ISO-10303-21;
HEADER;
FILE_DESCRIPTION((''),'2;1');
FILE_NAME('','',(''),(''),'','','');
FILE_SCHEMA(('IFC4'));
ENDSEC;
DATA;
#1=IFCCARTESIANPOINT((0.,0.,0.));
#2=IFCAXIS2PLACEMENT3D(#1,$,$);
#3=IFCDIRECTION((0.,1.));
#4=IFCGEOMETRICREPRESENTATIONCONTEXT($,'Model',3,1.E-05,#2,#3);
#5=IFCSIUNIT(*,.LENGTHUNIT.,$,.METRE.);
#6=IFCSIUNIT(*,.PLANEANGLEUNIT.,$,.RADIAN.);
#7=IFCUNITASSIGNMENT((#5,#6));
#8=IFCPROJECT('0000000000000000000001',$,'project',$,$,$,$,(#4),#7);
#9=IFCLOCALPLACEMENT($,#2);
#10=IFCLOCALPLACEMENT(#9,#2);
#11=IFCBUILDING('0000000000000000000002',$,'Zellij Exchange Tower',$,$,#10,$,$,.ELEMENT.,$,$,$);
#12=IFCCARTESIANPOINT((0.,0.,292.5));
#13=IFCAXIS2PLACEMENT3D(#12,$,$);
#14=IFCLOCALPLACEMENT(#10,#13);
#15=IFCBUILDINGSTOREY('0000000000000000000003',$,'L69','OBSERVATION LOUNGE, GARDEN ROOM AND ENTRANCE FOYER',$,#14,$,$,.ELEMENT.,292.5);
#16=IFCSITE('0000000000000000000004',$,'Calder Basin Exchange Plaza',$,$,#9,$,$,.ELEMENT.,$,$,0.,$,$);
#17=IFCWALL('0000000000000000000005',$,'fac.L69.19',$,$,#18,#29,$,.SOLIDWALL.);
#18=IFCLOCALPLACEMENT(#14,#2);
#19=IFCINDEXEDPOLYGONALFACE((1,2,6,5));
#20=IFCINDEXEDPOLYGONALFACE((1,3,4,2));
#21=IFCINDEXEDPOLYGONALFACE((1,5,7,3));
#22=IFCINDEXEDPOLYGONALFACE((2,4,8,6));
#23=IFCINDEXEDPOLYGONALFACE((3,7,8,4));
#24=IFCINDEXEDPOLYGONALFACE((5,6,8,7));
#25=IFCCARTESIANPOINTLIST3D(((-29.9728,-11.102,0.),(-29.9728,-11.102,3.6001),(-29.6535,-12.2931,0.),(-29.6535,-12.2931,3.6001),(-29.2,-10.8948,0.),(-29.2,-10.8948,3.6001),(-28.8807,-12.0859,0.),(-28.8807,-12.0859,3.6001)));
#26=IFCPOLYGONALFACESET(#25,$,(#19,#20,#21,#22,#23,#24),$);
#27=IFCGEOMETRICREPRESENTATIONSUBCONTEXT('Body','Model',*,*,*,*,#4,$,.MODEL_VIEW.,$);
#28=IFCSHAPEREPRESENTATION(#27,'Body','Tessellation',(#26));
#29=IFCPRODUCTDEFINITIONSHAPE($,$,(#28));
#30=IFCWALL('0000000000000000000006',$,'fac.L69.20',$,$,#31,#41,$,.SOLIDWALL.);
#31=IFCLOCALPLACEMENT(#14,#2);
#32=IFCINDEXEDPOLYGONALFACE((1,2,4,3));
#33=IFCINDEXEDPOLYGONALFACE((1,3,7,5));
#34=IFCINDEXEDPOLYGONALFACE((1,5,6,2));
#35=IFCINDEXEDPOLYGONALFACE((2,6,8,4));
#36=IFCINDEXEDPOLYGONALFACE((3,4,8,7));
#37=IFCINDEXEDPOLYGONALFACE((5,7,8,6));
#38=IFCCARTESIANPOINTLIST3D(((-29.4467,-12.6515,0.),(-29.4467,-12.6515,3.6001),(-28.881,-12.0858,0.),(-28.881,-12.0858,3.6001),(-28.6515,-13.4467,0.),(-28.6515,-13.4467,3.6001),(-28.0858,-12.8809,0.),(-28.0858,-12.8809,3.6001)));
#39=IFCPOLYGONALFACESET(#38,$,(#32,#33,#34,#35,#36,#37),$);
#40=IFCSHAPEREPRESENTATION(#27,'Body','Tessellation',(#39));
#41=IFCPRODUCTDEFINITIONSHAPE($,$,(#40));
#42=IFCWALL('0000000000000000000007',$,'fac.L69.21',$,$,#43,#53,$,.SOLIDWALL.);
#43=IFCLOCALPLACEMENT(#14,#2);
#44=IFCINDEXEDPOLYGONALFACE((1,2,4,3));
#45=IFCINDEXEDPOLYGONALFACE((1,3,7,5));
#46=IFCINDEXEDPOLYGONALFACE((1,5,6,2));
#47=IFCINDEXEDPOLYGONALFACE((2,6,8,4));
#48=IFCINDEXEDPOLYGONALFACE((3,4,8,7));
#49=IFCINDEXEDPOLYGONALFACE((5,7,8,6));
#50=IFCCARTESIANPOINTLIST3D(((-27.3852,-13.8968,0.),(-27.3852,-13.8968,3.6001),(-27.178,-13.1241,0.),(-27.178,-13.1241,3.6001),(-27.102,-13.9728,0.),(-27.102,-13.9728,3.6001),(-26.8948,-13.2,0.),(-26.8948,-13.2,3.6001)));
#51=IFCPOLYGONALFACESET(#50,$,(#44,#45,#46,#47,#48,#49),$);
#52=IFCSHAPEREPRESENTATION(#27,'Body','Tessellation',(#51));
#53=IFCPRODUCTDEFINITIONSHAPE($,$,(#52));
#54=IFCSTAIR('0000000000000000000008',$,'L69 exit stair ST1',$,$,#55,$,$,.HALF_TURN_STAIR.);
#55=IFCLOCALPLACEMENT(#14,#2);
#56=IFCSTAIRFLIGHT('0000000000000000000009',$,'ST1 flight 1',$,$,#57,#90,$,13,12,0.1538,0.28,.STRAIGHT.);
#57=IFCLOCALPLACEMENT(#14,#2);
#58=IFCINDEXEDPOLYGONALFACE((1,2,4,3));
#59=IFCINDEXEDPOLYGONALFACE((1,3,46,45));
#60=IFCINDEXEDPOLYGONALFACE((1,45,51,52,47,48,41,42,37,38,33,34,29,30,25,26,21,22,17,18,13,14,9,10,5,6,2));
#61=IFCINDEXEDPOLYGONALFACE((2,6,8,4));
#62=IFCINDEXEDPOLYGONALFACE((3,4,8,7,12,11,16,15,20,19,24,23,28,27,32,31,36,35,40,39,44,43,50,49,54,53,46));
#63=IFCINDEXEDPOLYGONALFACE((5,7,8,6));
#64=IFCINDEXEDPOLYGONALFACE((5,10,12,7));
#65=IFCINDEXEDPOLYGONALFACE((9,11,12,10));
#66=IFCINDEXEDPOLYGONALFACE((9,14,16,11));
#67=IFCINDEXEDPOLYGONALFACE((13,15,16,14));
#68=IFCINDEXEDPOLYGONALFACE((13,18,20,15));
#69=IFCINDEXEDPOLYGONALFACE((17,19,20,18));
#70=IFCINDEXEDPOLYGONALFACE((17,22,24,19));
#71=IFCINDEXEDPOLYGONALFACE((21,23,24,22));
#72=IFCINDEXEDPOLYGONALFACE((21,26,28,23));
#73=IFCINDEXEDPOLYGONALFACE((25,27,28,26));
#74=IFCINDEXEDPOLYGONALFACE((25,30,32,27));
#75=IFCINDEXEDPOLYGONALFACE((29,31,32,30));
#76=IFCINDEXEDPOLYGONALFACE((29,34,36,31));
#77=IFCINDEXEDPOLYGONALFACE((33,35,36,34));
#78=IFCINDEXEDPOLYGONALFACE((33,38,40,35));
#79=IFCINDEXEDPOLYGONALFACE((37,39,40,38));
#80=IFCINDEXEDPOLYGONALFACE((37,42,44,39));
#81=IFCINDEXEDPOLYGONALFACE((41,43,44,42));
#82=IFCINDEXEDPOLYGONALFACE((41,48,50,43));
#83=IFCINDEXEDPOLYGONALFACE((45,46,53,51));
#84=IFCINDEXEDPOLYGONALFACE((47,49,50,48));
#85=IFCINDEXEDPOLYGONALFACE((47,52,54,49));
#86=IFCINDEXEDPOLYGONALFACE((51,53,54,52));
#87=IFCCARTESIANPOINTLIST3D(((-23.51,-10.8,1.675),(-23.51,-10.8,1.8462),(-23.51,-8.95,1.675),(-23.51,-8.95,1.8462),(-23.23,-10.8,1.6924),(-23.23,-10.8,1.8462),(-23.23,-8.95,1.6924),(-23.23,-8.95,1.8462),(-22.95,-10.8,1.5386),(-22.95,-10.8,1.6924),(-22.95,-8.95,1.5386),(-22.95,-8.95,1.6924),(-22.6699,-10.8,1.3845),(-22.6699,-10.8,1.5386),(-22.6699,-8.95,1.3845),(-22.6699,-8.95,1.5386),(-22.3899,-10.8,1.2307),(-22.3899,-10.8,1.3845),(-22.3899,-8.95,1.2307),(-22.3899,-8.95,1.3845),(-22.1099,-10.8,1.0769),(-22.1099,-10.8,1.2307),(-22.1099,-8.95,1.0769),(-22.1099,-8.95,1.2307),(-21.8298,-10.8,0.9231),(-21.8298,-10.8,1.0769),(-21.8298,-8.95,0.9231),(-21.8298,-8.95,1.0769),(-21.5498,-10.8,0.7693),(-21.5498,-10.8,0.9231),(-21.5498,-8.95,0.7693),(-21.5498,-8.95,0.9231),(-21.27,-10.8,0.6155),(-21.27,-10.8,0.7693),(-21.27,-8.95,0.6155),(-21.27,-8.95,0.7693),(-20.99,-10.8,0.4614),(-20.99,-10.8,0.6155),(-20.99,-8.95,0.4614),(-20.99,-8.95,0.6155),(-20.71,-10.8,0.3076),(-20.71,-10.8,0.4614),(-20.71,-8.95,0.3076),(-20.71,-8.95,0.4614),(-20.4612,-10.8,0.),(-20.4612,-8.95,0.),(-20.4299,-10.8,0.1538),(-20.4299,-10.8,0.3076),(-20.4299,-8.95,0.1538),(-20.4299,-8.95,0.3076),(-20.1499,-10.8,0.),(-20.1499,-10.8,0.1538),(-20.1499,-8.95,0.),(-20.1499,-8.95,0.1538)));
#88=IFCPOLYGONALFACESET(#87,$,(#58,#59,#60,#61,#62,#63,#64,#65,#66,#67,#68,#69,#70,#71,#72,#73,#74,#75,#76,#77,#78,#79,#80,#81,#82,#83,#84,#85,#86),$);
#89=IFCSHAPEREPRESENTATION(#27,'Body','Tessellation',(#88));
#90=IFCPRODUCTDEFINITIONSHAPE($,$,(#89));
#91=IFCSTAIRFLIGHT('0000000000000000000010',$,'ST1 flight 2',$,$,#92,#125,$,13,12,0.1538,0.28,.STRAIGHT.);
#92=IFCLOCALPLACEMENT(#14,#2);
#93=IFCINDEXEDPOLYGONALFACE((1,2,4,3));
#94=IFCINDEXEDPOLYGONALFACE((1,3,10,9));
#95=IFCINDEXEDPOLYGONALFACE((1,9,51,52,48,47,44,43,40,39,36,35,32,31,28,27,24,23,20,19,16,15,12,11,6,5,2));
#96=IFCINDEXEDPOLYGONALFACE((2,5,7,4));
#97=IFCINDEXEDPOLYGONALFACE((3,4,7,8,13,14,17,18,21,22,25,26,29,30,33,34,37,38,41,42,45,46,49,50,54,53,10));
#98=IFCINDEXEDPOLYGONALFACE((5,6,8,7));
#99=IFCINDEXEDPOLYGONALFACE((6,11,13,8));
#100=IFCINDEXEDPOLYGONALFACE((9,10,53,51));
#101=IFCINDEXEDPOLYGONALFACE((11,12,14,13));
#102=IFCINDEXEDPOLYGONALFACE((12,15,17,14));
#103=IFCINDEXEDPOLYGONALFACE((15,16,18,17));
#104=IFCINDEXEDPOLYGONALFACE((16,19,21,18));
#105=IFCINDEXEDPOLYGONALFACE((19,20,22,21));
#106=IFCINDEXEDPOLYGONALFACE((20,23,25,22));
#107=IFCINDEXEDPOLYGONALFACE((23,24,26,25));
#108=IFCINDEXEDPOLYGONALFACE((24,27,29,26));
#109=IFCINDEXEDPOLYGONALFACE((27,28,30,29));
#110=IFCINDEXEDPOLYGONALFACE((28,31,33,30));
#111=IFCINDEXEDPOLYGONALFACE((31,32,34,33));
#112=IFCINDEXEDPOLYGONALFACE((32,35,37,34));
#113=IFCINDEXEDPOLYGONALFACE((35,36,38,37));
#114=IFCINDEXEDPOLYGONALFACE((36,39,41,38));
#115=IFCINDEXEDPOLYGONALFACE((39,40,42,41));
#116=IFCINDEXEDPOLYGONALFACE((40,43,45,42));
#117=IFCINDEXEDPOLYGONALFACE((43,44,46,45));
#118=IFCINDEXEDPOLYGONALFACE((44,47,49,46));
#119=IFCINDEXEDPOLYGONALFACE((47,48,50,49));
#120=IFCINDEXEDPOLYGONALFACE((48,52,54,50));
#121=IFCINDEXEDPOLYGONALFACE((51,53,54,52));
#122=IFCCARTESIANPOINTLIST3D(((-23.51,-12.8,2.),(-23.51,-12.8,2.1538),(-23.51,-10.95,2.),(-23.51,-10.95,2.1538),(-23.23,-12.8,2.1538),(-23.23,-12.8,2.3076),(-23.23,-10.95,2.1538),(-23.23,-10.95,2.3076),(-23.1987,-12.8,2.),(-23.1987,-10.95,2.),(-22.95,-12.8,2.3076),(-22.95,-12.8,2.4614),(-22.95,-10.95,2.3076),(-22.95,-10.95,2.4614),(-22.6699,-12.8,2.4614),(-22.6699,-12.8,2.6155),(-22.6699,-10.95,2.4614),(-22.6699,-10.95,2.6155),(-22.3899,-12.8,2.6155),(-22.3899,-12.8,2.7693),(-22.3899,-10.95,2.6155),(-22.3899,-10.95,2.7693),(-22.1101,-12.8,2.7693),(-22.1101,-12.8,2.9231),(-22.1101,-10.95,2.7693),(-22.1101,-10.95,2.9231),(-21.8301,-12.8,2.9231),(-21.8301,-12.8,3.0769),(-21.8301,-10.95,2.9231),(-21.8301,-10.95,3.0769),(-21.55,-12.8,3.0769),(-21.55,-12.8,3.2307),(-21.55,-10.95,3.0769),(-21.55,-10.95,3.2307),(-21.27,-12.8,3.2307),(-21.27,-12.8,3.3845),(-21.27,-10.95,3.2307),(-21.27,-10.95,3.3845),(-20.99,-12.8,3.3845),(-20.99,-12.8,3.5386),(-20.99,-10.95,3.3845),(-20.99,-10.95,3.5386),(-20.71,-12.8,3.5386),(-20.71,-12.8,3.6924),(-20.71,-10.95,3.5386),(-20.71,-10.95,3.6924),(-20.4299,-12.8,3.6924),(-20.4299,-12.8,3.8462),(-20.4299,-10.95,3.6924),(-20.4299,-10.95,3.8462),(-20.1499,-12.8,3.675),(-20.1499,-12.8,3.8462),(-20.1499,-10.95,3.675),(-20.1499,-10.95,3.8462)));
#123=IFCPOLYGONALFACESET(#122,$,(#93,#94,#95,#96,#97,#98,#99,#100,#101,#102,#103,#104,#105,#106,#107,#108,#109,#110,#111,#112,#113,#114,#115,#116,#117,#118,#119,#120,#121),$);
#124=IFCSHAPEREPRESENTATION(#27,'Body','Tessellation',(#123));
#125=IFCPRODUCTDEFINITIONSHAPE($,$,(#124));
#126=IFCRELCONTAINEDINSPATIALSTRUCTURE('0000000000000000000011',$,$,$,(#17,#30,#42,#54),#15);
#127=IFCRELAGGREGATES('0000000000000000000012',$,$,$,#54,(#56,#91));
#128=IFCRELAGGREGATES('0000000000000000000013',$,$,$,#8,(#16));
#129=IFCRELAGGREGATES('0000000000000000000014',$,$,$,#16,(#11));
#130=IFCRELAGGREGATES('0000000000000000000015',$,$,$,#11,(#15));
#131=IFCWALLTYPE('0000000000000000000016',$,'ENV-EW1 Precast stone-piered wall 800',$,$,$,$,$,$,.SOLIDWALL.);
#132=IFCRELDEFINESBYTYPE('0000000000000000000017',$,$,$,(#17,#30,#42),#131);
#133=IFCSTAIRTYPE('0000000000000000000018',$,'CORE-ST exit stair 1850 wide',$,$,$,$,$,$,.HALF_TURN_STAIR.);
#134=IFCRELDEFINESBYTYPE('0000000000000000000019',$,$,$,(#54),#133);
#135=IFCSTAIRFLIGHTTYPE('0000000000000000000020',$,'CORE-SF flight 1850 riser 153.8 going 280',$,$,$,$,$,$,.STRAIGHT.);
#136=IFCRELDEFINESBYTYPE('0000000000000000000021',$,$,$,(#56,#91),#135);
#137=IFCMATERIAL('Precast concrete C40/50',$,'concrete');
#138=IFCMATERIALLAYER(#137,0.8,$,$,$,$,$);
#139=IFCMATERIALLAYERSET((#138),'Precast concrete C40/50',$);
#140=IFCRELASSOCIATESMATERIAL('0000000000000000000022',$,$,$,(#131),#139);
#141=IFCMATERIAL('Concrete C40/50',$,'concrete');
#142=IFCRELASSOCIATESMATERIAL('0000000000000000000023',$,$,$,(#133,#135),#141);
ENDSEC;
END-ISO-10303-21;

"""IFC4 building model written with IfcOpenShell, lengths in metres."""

from ifc_helpers import new_model, si_unit, direction, frame, frame_2d, origin, place, context, subcontext, project, spatial, polyline, rectangle, outline, extrude, material, layer, layer_set, type_object, element, aggregate, save


model = new_model("IFC4")

# Units and contexts
model_context = context("Model", 3, precision=1e-05, world=origin(), true_north=direction((0.0, 1.0)))
body_context = subcontext(model_context, "Body", "Model", "MODEL_VIEW")
ifc_project = project(units=[si_unit("LENGTHUNIT", "METRE"), si_unit("PLANEANGLEUNIT", "RADIAN")], contexts=[model_context])

# Site, building, storey
site_placement = place(None, origin())
site = spatial("IfcSite", under=ifc_project, at=site_placement, Name="Calder Basin Exchange Plaza", CompositionType="ELEMENT", RefElevation=0.0)
building_placement = place(site_placement, origin())
building = spatial("IfcBuilding", under=site, at=building_placement, Name="Zellij Exchange Tower", CompositionType="ELEMENT")
storey_placement = place(building_placement, frame((0.0, 0.0, 292.5)))
storey = spatial("IfcBuildingStorey", under=building, at=storey_placement, Name="L69", Description="OBSERVATION LOUNGE, GARDEN ROOM AND ENTRANCE FOYER", CompositionType="ELEMENT", Elevation=292.5)

# Walls
ifc_material_1 = material(Name="Precast concrete C40/50", Category="concrete")
ifc_layer_1 = layer(ifc_material_1, 0.8)
ifc_layer_set_1 = layer_set([ifc_layer_1], Name="Precast concrete C40/50")
wall_type_1 = type_object("IfcWallType", Name="ENV-EW1 Precast stone-piered wall 800", PredefinedType="SOLIDWALL", material=ifc_layer_set_1)
wall_1_placement = place(storey_placement, frame((-29.5864, -10.9983, 0.0), z_axis=(0.0, 0.0, 1.0), x_axis=(0.258944, -0.965892, 0.0)))
element("IfcWall", 1, at=wall_1_placement, inside=storey, type_object=wall_type_1, Name="fac.L69.19", PredefinedType="SOLIDWALL", context=body_context, shape_type="SweptSolid", body=[
    extrude(rectangle(XDim=1.2332, YDim=0.8, at=frame_2d((0.6167, 0.0))), origin(), (0.0, 0.0, 1.0), 3.6001),
])
wall_2_placement = place(storey_placement, frame((-29.1638, -12.3687, 0.0), z_axis=(0.0, 0.0, 1.0), x_axis=(0.707107, -0.707107, 0.0)))
element("IfcWall", 2, at=wall_2_placement, inside=storey, type_object=wall_type_1, Name="fac.L69.20", PredefinedType="SOLIDWALL", context=body_context, shape_type="SweptSolid", body=[
    extrude(rectangle(XDim=1.1245, YDim=0.8, at=frame_2d((0.5623, 0.0))), origin(), (0.0, 0.0, 1.0), 3.6001),
])
wall_3_placement = place(storey_placement, frame((-27.2815, -13.5105, 0.0), z_axis=(0.0, 0.0, 1.0), x_axis=(0.965889, -0.258958, 0.0)))
element("IfcWall", 3, at=wall_3_placement, inside=storey, type_object=wall_type_1, Name="fac.L69.21", PredefinedType="SOLIDWALL", context=body_context, shape_type="SweptSolid", body=[
    extrude(rectangle(XDim=0.2932, YDim=0.8, at=frame_2d((0.1465, 0.0))), origin(), (0.0, 0.0, 1.0), 3.6001),
])

# Stair, stair flights
ifc_material_2 = material(Name="Concrete C40/50", Category="concrete")
stair_type = type_object("IfcStairType", Name="CORE-ST exit stair 1850 wide", PredefinedType="HALF_TURN_STAIR", material=ifc_material_2)
stair_placement = place(storey_placement, origin())
stair = element("IfcStair", 4, at=stair_placement, inside=storey, type_object=stair_type, Name="L69 exit stair ST1", PredefinedType="HALF_TURN_STAIR")
stair_flight_type = type_object("IfcStairFlightType", Name="CORE-SF flight 1850 riser 153.8 going 280", PredefinedType="STRAIGHT", material=ifc_material_2)
stair_flight_1_placement = place(storey_placement, frame((-20.1499, -9.875, 0.0), z_axis=(0.0, 0.0, 1.0), x_axis=(-1.0, 0.0, 0.0)))
stair_flight_1 = element("IfcStairFlight", 5, at=stair_flight_1_placement, type_object=stair_flight_type, Name="ST1 flight 1", NumberOfRisers=13, NumberOfTreads=12, PredefinedType="STRAIGHT", RiserHeight=0.1538, TreadLength=0.28, context=body_context, shape_type="SweptSolid", body=[
    extrude(outline(polyline([(0.0, 0.0), (0.0, 0.1538), (0.28, 0.1538), (0.28, 0.3076), (0.5601, 0.3076), (0.5601, 0.4614), (0.8401, 0.4614), (0.8401, 0.6155), (1.1201, 0.6155), (1.1201, 0.7693), (1.3999, 0.7693), (1.3999, 0.9231), (1.6799, 0.9231), (1.6799, 1.0769), (1.96, 1.0769), (1.96, 1.2307), (2.24, 1.2307), (2.24, 1.3845), (2.52, 1.3845), (2.52, 1.5386), (2.8, 1.5386), (2.8, 1.6924), (3.0801, 1.6924), (3.0801, 1.8462), (3.3601, 1.8462), (3.3601, 2.0), (3.3601, 1.675), (0.3113, 0.0), (0.0, 0.0)])), frame((0.0, 0.925, 0.0), z_axis=(0.0, -1.0, 0.0), x_axis=(1.0, 0.0, 0.0)), (0.0, 0.0, 1.0), 1.8501),
])
stair_flight_2_placement = place(storey_placement, frame((-23.51, -11.875, 2.0), z_axis=(0.0, 0.0, 1.0), x_axis=(1.0, 0.0, 0.0)))
stair_flight_2 = element("IfcStairFlight", 6, at=stair_flight_2_placement, type_object=stair_flight_type, Name="ST1 flight 2", NumberOfRisers=13, NumberOfTreads=12, PredefinedType="STRAIGHT", RiserHeight=0.1538, TreadLength=0.28, context=body_context, shape_type="SweptSolid", body=[
    extrude(outline(polyline([(0.0, 0.0), (0.0, 0.1538), (0.28, 0.1538), (0.28, 0.3076), (0.5601, 0.3076), (0.5601, 0.4614), (0.8401, 0.4614), (0.8401, 0.6155), (1.1201, 0.6155), (1.1201, 0.7693), (1.3999, 0.7693), (1.3999, 0.9231), (1.6799, 0.9231), (1.6799, 1.0769), (1.96, 1.0769), (1.96, 1.2307), (2.24, 1.2307), (2.24, 1.3845), (2.52, 1.3845), (2.52, 1.5386), (2.8, 1.5386), (2.8, 1.6924), (3.0801, 1.6924), (3.0801, 1.8462), (3.3601, 1.8462), (3.3601, 2.0), (3.3601, 1.675), (0.3113, 0.0), (0.0, 0.0)])), frame((0.0, 0.925, 0.0), z_axis=(0.0, -1.0, 0.0), x_axis=(1.0, 0.0, 0.0)), (0.0, 0.0, 1.0), 1.8501),
])
aggregate(stair, [stair_flight_1, stair_flight_2])

save(model, "model.ifc")
